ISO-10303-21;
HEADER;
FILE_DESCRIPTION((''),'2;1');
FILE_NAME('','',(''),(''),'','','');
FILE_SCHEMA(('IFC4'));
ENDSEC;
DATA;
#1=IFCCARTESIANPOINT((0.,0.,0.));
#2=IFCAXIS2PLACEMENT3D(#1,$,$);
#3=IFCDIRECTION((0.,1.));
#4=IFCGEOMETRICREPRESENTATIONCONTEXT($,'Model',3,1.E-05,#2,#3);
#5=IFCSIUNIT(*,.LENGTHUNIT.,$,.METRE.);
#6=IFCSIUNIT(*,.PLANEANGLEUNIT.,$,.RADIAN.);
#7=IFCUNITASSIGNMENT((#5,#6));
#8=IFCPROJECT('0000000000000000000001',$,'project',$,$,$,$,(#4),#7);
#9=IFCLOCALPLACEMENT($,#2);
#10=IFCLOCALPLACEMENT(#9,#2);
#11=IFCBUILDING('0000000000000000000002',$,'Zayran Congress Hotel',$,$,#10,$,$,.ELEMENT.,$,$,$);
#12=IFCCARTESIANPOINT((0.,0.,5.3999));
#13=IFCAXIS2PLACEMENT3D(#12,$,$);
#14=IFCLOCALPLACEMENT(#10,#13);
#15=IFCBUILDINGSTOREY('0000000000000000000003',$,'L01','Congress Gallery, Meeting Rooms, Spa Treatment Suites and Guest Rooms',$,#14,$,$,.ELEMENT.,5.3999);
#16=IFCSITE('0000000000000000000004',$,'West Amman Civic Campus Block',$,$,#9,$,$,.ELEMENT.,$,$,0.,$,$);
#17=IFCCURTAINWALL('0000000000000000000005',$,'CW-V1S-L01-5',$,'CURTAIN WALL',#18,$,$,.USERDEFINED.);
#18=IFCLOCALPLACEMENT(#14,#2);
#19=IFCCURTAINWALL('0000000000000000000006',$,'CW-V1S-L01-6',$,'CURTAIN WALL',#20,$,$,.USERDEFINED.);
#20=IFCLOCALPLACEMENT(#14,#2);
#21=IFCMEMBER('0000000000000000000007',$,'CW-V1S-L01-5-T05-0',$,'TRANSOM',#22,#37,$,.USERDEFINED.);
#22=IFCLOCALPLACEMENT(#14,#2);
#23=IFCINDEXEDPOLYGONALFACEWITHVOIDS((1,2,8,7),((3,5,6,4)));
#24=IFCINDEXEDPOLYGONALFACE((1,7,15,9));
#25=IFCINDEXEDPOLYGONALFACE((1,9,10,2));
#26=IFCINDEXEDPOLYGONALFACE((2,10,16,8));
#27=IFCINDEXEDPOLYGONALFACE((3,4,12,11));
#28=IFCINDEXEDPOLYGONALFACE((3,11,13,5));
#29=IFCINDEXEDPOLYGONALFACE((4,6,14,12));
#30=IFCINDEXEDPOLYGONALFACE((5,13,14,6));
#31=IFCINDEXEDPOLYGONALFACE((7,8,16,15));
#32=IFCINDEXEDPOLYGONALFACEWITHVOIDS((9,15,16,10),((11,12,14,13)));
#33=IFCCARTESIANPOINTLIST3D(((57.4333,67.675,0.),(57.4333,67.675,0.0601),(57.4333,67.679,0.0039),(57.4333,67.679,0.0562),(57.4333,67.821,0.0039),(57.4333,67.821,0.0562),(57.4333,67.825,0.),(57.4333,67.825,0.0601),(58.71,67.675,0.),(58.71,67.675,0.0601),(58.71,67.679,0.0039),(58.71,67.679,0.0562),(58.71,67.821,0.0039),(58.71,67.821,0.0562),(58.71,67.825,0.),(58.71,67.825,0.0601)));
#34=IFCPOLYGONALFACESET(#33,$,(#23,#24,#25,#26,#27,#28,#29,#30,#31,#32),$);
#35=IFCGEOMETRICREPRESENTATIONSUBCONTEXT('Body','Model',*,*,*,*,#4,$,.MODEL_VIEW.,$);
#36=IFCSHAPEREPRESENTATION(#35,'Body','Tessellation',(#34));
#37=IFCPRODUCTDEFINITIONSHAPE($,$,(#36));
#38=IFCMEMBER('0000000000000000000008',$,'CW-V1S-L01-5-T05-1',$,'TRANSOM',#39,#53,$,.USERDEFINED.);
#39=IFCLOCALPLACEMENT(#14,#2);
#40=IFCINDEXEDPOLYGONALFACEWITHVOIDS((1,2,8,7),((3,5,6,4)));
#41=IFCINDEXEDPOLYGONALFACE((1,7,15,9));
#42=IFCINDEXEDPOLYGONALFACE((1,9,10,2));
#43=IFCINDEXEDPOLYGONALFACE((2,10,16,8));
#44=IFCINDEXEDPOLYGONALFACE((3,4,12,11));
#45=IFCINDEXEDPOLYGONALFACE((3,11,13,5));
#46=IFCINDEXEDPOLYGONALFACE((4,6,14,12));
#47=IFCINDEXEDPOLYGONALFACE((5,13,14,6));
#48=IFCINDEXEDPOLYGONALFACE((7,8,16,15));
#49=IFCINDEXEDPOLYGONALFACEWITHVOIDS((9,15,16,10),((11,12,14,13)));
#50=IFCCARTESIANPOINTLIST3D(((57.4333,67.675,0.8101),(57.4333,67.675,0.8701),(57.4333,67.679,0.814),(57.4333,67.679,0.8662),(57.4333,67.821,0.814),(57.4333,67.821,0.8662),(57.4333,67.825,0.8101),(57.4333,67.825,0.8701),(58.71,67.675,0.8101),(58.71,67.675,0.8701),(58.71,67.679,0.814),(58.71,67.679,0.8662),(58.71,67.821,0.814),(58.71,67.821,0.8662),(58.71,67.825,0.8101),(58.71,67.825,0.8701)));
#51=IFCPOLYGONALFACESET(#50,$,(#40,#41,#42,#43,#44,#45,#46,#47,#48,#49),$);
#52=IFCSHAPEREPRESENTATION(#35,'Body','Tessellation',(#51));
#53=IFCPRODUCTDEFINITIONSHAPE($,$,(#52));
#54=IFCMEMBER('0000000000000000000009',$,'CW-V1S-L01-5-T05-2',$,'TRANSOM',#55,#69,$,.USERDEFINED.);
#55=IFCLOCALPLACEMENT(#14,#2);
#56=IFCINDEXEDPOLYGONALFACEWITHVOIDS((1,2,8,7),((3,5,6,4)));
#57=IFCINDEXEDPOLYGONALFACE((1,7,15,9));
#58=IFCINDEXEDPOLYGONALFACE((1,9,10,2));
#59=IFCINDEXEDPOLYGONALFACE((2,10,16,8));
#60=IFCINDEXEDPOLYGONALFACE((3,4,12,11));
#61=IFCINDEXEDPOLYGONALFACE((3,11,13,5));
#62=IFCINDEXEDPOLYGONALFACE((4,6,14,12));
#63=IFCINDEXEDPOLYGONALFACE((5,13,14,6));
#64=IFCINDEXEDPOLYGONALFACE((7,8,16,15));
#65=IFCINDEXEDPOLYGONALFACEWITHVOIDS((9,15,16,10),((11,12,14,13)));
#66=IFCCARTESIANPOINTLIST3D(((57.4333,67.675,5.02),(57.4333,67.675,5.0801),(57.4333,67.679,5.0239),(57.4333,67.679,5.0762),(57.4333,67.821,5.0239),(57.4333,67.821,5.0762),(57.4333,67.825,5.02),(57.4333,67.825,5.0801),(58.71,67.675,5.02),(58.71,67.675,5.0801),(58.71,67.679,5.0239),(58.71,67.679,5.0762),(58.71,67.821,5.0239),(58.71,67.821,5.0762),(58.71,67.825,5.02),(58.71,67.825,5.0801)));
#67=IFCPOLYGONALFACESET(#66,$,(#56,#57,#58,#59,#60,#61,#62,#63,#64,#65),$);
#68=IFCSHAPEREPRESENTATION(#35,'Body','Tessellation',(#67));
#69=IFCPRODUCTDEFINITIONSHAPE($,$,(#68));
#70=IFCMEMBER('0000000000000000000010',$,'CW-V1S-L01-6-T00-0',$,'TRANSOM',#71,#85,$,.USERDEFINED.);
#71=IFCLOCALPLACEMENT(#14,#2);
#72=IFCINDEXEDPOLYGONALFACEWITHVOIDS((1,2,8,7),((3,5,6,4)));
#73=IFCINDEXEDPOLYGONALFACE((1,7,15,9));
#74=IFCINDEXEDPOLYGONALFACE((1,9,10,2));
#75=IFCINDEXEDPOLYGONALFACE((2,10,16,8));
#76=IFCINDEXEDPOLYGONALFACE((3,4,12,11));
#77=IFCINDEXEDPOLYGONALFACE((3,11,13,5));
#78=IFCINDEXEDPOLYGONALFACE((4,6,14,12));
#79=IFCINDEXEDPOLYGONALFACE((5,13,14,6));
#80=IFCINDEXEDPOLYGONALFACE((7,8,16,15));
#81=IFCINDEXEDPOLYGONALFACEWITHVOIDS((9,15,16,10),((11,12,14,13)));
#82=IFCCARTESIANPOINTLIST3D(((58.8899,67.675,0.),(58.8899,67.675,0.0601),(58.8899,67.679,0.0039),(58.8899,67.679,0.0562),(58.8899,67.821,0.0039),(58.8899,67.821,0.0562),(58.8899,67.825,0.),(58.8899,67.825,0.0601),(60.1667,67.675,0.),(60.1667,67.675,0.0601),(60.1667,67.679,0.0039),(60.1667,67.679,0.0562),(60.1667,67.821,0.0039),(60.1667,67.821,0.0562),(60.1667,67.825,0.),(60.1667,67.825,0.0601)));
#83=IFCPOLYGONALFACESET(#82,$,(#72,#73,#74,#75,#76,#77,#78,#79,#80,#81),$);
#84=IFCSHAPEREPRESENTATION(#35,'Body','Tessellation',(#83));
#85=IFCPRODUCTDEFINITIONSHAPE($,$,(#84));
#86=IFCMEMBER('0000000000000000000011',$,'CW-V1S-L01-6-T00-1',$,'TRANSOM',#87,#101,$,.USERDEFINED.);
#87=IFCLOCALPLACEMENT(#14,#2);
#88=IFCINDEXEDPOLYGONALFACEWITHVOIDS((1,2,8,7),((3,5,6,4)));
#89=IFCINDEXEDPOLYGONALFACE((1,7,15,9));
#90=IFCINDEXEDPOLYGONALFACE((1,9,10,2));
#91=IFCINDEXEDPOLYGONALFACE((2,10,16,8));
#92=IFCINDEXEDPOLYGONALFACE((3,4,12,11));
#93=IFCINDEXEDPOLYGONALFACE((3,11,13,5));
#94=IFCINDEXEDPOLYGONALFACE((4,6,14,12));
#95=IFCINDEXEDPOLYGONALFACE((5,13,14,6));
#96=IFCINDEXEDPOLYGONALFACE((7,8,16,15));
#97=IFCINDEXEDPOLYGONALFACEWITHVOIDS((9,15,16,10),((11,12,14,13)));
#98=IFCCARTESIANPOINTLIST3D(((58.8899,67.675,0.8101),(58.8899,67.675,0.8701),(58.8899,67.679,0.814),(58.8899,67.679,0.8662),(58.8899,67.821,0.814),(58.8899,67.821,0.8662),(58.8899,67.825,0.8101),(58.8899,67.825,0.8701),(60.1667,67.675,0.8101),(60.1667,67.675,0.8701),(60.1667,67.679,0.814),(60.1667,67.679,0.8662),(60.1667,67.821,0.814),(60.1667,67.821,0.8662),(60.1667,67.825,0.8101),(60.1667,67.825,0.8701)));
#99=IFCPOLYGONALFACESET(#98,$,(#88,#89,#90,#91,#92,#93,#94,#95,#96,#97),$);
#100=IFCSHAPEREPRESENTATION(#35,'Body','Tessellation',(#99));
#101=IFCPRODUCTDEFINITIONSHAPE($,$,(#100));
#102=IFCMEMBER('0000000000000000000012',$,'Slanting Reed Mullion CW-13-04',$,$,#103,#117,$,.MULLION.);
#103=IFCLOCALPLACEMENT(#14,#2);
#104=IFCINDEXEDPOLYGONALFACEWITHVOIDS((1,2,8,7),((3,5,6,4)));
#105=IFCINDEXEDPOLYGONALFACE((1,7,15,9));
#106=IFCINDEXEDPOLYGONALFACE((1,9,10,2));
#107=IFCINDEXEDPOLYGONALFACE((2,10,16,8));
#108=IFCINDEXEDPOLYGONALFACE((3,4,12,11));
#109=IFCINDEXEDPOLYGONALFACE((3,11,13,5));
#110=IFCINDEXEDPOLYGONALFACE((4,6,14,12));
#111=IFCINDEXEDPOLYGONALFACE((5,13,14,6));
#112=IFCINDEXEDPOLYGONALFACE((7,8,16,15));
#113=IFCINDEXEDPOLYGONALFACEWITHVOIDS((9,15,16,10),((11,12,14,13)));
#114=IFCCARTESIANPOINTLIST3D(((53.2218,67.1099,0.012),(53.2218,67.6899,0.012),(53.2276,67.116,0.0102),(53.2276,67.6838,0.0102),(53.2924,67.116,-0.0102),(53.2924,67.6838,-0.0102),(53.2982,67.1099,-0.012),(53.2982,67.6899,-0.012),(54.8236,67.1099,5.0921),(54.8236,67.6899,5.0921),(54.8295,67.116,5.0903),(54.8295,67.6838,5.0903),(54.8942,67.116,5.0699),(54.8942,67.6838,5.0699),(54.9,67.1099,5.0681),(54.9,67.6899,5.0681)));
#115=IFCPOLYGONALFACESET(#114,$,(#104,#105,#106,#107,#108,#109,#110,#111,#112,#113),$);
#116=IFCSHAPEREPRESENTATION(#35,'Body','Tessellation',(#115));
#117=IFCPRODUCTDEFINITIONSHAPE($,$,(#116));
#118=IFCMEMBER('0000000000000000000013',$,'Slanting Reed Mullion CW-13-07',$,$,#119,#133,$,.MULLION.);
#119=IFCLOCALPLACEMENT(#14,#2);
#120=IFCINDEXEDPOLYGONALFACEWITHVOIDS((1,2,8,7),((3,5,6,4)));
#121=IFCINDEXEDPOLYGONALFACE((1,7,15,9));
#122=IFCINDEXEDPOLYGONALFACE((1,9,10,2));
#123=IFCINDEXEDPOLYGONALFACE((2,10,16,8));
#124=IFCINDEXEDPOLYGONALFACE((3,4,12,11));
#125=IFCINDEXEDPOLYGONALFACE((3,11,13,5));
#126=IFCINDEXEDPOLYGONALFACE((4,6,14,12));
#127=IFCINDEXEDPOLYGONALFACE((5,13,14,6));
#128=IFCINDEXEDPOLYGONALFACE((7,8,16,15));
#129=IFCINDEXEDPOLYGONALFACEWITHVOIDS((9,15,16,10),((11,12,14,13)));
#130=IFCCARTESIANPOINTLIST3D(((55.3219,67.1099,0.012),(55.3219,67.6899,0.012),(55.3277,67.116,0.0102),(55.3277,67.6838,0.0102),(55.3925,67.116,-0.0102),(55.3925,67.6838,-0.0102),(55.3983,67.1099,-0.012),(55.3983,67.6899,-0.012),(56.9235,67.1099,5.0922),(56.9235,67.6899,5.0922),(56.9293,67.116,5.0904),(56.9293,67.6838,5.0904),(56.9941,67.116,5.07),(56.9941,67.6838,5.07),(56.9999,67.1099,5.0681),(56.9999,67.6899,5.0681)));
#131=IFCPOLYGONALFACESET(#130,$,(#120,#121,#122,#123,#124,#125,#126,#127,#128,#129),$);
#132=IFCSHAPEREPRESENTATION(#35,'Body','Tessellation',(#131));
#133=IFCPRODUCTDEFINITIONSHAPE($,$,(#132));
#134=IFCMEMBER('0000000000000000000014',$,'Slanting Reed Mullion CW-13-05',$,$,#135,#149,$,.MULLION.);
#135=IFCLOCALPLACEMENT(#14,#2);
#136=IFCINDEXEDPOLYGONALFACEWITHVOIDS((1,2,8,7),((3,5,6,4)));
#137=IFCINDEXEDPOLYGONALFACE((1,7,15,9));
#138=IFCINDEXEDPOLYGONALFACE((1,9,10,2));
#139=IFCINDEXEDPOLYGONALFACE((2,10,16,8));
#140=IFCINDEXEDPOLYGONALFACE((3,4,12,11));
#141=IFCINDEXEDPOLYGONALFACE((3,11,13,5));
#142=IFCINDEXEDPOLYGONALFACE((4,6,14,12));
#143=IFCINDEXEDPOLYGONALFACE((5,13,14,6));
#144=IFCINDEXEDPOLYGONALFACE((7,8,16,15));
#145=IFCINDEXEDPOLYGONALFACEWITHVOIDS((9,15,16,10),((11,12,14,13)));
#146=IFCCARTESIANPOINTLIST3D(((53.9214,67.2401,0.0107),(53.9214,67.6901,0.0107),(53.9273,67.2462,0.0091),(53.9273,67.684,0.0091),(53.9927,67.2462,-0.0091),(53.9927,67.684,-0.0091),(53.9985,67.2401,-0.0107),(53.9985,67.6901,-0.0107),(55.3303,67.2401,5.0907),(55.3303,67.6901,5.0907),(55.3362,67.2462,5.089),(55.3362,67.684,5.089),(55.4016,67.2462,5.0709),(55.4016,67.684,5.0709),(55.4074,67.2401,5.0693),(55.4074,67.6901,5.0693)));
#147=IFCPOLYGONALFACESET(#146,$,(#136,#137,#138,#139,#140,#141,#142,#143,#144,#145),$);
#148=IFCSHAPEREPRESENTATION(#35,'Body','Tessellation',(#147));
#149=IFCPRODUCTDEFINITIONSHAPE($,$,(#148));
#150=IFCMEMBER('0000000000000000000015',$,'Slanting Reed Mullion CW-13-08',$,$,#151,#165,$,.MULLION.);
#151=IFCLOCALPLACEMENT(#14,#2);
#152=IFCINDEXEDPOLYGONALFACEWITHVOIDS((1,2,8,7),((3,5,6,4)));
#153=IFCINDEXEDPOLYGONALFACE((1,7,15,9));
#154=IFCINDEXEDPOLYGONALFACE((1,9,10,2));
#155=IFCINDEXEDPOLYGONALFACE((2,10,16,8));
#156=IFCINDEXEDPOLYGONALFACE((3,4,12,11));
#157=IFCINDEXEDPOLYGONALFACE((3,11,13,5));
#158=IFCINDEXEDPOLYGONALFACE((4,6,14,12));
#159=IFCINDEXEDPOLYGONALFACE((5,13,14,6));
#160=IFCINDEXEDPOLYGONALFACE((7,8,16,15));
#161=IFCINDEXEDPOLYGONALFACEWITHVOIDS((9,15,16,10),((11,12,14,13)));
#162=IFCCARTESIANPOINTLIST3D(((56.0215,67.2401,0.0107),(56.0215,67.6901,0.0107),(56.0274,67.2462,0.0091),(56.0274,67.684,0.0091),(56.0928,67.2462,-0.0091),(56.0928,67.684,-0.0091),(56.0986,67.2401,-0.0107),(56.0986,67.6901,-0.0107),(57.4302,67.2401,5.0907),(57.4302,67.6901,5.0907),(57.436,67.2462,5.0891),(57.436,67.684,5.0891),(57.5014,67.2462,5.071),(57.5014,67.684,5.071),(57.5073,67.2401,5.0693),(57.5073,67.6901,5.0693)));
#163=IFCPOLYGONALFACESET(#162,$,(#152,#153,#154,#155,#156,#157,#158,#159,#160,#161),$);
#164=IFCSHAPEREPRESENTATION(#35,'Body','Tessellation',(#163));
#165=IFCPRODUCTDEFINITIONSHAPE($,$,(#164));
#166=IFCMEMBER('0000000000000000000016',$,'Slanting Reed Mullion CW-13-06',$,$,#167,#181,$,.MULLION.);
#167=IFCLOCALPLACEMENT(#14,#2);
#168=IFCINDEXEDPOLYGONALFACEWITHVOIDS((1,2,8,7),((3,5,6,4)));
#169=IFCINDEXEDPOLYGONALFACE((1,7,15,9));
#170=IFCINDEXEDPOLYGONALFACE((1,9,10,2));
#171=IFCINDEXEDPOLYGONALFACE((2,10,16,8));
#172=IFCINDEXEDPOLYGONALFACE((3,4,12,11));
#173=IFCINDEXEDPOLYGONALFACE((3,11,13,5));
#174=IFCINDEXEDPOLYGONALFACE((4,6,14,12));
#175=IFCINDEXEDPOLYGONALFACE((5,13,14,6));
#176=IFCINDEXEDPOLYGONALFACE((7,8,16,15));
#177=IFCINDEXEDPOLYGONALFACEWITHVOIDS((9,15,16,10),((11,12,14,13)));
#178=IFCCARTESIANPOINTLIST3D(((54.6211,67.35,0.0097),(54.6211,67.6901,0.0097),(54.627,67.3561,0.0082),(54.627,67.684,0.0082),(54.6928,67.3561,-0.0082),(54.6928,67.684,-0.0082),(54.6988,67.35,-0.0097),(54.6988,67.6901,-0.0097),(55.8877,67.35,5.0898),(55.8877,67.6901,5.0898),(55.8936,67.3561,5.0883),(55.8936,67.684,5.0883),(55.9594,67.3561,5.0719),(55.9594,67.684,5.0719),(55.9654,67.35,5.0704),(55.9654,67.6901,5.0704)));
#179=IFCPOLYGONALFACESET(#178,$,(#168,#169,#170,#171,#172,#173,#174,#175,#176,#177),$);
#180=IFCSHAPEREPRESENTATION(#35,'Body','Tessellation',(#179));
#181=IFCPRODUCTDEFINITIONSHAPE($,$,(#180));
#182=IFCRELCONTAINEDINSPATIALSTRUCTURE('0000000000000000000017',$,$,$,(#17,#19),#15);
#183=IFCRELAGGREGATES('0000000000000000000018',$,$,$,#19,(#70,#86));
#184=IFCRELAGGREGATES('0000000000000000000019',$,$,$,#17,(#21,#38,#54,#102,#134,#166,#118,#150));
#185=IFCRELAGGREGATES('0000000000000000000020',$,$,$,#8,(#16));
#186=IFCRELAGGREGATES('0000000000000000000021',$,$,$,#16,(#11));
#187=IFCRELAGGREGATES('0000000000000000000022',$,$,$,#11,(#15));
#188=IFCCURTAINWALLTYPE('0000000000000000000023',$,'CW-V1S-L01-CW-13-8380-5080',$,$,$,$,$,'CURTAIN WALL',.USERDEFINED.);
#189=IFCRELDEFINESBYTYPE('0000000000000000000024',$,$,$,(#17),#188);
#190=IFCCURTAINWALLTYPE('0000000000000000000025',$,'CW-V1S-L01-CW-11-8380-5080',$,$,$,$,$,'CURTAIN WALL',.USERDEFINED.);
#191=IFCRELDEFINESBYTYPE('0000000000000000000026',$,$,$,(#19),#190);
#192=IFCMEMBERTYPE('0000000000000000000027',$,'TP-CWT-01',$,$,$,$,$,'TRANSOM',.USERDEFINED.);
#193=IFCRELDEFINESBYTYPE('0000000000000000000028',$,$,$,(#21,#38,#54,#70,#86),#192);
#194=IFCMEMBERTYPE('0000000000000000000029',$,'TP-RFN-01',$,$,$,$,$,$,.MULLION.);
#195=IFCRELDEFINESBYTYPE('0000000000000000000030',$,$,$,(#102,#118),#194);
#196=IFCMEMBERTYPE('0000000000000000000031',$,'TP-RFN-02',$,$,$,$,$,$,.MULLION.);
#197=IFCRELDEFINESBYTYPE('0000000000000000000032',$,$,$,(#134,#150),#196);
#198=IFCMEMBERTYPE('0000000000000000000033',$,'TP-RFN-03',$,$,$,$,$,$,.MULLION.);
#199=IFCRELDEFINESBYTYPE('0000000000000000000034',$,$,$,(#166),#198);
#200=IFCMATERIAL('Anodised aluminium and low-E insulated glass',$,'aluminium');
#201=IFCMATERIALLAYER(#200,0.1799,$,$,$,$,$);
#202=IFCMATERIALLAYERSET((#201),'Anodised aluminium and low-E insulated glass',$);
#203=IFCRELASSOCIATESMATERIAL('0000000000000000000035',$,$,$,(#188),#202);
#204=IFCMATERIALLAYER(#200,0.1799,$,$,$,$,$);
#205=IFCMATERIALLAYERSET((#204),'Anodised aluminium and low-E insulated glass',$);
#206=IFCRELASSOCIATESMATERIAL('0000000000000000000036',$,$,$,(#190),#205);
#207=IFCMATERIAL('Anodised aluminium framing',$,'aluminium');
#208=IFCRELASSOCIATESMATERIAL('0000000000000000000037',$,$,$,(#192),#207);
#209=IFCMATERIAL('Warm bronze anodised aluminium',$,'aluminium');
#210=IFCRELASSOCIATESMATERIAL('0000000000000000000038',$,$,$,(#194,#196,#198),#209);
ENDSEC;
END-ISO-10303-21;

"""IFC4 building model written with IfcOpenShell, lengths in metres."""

from ifc_helpers import new_model, si_unit, direction, frame, origin, origin_2d, place, context, subcontext, project, spatial, hollow_rectangle, extrude, material, layer, layer_set, material_profile, profile_set, type_object, element, aggregate, save


model = new_model("IFC4")

# Units and contexts
model_context = context("Model", 3, precision=1e-05, world=origin(), true_north=direction((0.0, 1.0)))
body_context = subcontext(model_context, "Body", "Model", "MODEL_VIEW")
ifc_project = project(units=[si_unit("LENGTHUNIT", "METRE"), si_unit("PLANEANGLEUNIT", "RADIAN")], contexts=[model_context])

# Site, building, storey
site_placement = place(None, origin())
site = spatial("IfcSite", under=ifc_project, at=site_placement, Name="West Amman Civic Campus Block", CompositionType="ELEMENT", RefElevation=0.0)
building_placement = place(site_placement, origin())
building = spatial("IfcBuilding", under=site, at=building_placement, Name="Zayran Congress Hotel", CompositionType="ELEMENT")
storey_placement = place(building_placement, frame((0.0, 0.0, 5.3999)))
storey = spatial("IfcBuildingStorey", under=building, at=storey_placement, Name="L01", Description="Congress Gallery, Meeting Rooms, Spa Treatment Suites and Guest Rooms", CompositionType="ELEMENT", Elevation=5.3999)

# Curtain wall
ifc_material_1 = material(Name="Anodised aluminium and low-E insulated glass", Category="aluminium")
ifc_layer_1 = layer(ifc_material_1, 0.1799)
ifc_layer_set_1 = layer_set([ifc_layer_1], Name="Anodised aluminium and low-E insulated glass")
curtain_wall_type_1 = type_object("IfcCurtainWallType", Name="CW-V1S-L01-CW-13-8380-5080", ElementType="CURTAIN WALL", PredefinedType="USERDEFINED", material=ifc_layer_set_1)
curtain_wall_1_placement = place(storey_placement, origin())
curtain_wall_1 = element("IfcCurtainWall", 1, at=curtain_wall_1_placement, inside=storey, type_object=curtain_wall_type_1, Name="CW-V1S-L01-5", ObjectType="CURTAIN WALL", PredefinedType="USERDEFINED")
ifc_material_2 = material(Name="Anodised aluminium framing", Category="aluminium")

# Curtain wall
ifc_layer_2 = layer(ifc_material_1, 0.1799)
ifc_layer_set_2 = layer_set([ifc_layer_2], Name="Anodised aluminium and low-E insulated glass")
curtain_wall_type_2 = type_object("IfcCurtainWallType", Name="CW-V1S-L01-CW-11-8380-5080", ElementType="CURTAIN WALL", PredefinedType="USERDEFINED", material=ifc_layer_set_2)
curtain_wall_2_placement = place(storey_placement, origin())
curtain_wall_2 = element("IfcCurtainWall", 2, at=curtain_wall_2_placement, inside=storey, type_object=curtain_wall_type_2, Name="CW-V1S-L01-6", ObjectType="CURTAIN WALL", PredefinedType="USERDEFINED")

# Members
ifc_material_profile_1 = material_profile(ifc_material_2, hollow_rectangle(XDim=0.0601, YDim=0.1499, WallThickness=0.0039, at=origin_2d()), Name="RHS 150x60x4")
ifc_profile_set_1 = profile_set([ifc_material_profile_1], Name="Anodised aluminium framing")
member_type_1 = type_object("IfcMemberType", Name="TP-CWT-01", ElementType="TRANSOM", PredefinedType="USERDEFINED", material=ifc_profile_set_1)
member_1_placement = place(storey_placement, frame((57.4333, 67.75, 0.03), z_axis=(1.0, 0.0, 0.0), x_axis=(0.0, 0.0, 1.0)))
member_1 = element("IfcMember", 3, at=member_1_placement, type_object=member_type_1, Name="CW-V1S-L01-5-T05-0", ObjectType="TRANSOM", PredefinedType="USERDEFINED", context=body_context, shape_type="SweptSolid", body=[
    extrude(hollow_rectangle(XDim=0.0601, YDim=0.1499, WallThickness=0.0039, at=origin_2d()), origin(), (0.0, 0.0, 1.0), 1.2766),
])
member_2_placement = place(storey_placement, frame((57.4333, 67.75, 0.8401), z_axis=(1.0, 0.0, 0.0), x_axis=(0.0, 0.0, 1.0)))
member_2 = element("IfcMember", 4, at=member_2_placement, type_object=member_type_1, Name="CW-V1S-L01-5-T05-1", ObjectType="TRANSOM", PredefinedType="USERDEFINED", context=body_context, shape_type="SweptSolid", body=[
    extrude(hollow_rectangle(XDim=0.0601, YDim=0.1499, WallThickness=0.0039, at=origin_2d()), origin(), (0.0, 0.0, 1.0), 1.2766),
])
member_3_placement = place(storey_placement, frame((57.4333, 67.75, 5.05), z_axis=(1.0, 0.0, 0.0), x_axis=(0.0, 0.0, 1.0)))
member_3 = element("IfcMember", 5, at=member_3_placement, type_object=member_type_1, Name="CW-V1S-L01-5-T05-2", ObjectType="TRANSOM", PredefinedType="USERDEFINED", context=body_context, shape_type="SweptSolid", body=[
    extrude(hollow_rectangle(XDim=0.0601, YDim=0.1499, WallThickness=0.0039, at=origin_2d()), origin(), (0.0, 0.0, 1.0), 1.2766),
])
member_4_placement = place(storey_placement, frame((58.8899, 67.75, 0.03), z_axis=(1.0, 0.0, 0.0), x_axis=(0.0, 0.0, 1.0)))
member_4 = element("IfcMember", 6, at=member_4_placement, type_object=member_type_1, Name="CW-V1S-L01-6-T00-0", ObjectType="TRANSOM", PredefinedType="USERDEFINED", context=body_context, shape_type="SweptSolid", body=[
    extrude(hollow_rectangle(XDim=0.0601, YDim=0.1499, WallThickness=0.0039, at=origin_2d()), origin(), (0.0, 0.0, 1.0), 1.2769),
])
member_5_placement = place(storey_placement, frame((58.8899, 67.75, 0.8401), z_axis=(1.0, 0.0, 0.0), x_axis=(0.0, 0.0, 1.0)))
member_5 = element("IfcMember", 7, at=member_5_placement, type_object=member_type_1, Name="CW-V1S-L01-6-T00-1", ObjectType="TRANSOM", PredefinedType="USERDEFINED", context=body_context, shape_type="SweptSolid", body=[
    extrude(hollow_rectangle(XDim=0.0601, YDim=0.1499, WallThickness=0.0039, at=origin_2d()), origin(), (0.0, 0.0, 1.0), 1.2769),
])
aggregate(curtain_wall_2, [member_4, member_5])
ifc_material_3 = material(Name="Warm bronze anodised aluminium", Category="aluminium")
ifc_material_profile_2 = material_profile(ifc_material_3, hollow_rectangle(XDim=0.0801, YDim=0.5801, WallThickness=0.0061, at=origin_2d()), Name="RHS 580x80x6")
ifc_profile_set_2 = profile_set([ifc_material_profile_2], Name="Warm bronze anodised aluminium")
member_type_2 = type_object("IfcMemberType", Name="TP-RFN-01", PredefinedType="MULLION", material=ifc_profile_set_2)
member_6_placement = place(storey_placement, frame((53.26, 67.3999, 0.0), z_axis=(0.300717, 0.0, 0.953713), x_axis=(-0.953713, 0.0, 0.300717)))
member_6 = element("IfcMember", 8, at=member_6_placement, type_object=member_type_2, Name="Slanting Reed Mullion CW-13-04", PredefinedType="MULLION", context=body_context, shape_type="SweptSolid", body=[
    extrude(hollow_rectangle(XDim=0.0801, YDim=0.5801, WallThickness=0.0061, at=origin_2d()), origin(), (0.0, 0.0, 1.0), 5.3267),
])
member_7_placement = place(storey_placement, frame((55.3601, 67.3999, 0.0), z_axis=(0.300675, 0.0, 0.953727), x_axis=(-0.953727, 0.0, 0.300675)))
member_7 = element("IfcMember", 9, at=member_7_placement, type_object=member_type_2, Name="Slanting Reed Mullion CW-13-07", PredefinedType="MULLION", context=body_context, shape_type="SweptSolid", body=[
    extrude(hollow_rectangle(XDim=0.0801, YDim=0.5801, WallThickness=0.0061, at=origin_2d()), origin(), (0.0, 0.0, 1.0), 5.3267),
])
ifc_material_profile_3 = material_profile(ifc_material_3, hollow_rectangle(XDim=0.0801, YDim=0.45, WallThickness=0.0061, at=origin_2d()), Name="RHS 450x80x6")
ifc_profile_set_3 = profile_set([ifc_material_profile_3], Name="Warm bronze anodised aluminium")
member_type_3 = type_object("IfcMemberType", Name="TP-RFN-02", PredefinedType="MULLION", material=ifc_profile_set_3)
member_8_placement = place(storey_placement, frame((53.96, 67.4651, 0.0), z_axis=(0.267257, 0.0, 0.963625), x_axis=(-0.963625, 0.0, 0.267257)))
member_8 = element("IfcMember", 10, at=member_8_placement, type_object=member_type_3, Name="Slanting Reed Mullion CW-13-05", PredefinedType="MULLION", context=body_context, shape_type="SweptSolid", body=[
    extrude(hollow_rectangle(XDim=0.0801, YDim=0.45, WallThickness=0.0061, at=origin_2d()), origin(), (0.0, 0.0, 1.0), 5.2717),
])
member_9_placement = place(storey_placement, frame((56.0601, 67.4651, 0.0), z_axis=(0.267214, 0.0, 0.963637), x_axis=(-0.963637, 0.0, 0.267214)))
member_9 = element("IfcMember", 11, at=member_9_placement, type_object=member_type_3, Name="Slanting Reed Mullion CW-13-08", PredefinedType="MULLION", context=body_context, shape_type="SweptSolid", body=[
    extrude(hollow_rectangle(XDim=0.0801, YDim=0.45, WallThickness=0.0061, at=origin_2d()), origin(), (0.0, 0.0, 1.0), 5.2717),
])
ifc_material_profile_4 = material_profile(ifc_material_3, hollow_rectangle(XDim=0.0801, YDim=0.3401, WallThickness=0.0061, at=origin_2d()), Name="RHS 340x80x6")
ifc_profile_set_4 = profile_set([ifc_material_profile_4], Name="Warm bronze anodised aluminium")
member_type_4 = type_object("IfcMemberType", Name="TP-RFN-03", PredefinedType="MULLION", material=ifc_profile_set_4)
member_10_placement = place(storey_placement, frame((54.6599, 67.52, 0.0), z_axis=(0.241921, 0.0, 0.970296), x_axis=(-0.970296, 0.0, 0.241921)))
member_10 = element("IfcMember", 12, at=member_10_placement, type_object=member_type_4, Name="Slanting Reed Mullion CW-13-06", PredefinedType="MULLION", context=body_context, shape_type="SweptSolid", body=[
    extrude(hollow_rectangle(XDim=0.0801, YDim=0.3401, WallThickness=0.0061, at=origin_2d()), origin(), (0.0, 0.0, 1.0), 5.2356),
])

aggregate(curtain_wall_1, [member_1, member_2, member_3, member_6, member_8, member_10, member_7, member_9])

save(model, "model.ifc")
